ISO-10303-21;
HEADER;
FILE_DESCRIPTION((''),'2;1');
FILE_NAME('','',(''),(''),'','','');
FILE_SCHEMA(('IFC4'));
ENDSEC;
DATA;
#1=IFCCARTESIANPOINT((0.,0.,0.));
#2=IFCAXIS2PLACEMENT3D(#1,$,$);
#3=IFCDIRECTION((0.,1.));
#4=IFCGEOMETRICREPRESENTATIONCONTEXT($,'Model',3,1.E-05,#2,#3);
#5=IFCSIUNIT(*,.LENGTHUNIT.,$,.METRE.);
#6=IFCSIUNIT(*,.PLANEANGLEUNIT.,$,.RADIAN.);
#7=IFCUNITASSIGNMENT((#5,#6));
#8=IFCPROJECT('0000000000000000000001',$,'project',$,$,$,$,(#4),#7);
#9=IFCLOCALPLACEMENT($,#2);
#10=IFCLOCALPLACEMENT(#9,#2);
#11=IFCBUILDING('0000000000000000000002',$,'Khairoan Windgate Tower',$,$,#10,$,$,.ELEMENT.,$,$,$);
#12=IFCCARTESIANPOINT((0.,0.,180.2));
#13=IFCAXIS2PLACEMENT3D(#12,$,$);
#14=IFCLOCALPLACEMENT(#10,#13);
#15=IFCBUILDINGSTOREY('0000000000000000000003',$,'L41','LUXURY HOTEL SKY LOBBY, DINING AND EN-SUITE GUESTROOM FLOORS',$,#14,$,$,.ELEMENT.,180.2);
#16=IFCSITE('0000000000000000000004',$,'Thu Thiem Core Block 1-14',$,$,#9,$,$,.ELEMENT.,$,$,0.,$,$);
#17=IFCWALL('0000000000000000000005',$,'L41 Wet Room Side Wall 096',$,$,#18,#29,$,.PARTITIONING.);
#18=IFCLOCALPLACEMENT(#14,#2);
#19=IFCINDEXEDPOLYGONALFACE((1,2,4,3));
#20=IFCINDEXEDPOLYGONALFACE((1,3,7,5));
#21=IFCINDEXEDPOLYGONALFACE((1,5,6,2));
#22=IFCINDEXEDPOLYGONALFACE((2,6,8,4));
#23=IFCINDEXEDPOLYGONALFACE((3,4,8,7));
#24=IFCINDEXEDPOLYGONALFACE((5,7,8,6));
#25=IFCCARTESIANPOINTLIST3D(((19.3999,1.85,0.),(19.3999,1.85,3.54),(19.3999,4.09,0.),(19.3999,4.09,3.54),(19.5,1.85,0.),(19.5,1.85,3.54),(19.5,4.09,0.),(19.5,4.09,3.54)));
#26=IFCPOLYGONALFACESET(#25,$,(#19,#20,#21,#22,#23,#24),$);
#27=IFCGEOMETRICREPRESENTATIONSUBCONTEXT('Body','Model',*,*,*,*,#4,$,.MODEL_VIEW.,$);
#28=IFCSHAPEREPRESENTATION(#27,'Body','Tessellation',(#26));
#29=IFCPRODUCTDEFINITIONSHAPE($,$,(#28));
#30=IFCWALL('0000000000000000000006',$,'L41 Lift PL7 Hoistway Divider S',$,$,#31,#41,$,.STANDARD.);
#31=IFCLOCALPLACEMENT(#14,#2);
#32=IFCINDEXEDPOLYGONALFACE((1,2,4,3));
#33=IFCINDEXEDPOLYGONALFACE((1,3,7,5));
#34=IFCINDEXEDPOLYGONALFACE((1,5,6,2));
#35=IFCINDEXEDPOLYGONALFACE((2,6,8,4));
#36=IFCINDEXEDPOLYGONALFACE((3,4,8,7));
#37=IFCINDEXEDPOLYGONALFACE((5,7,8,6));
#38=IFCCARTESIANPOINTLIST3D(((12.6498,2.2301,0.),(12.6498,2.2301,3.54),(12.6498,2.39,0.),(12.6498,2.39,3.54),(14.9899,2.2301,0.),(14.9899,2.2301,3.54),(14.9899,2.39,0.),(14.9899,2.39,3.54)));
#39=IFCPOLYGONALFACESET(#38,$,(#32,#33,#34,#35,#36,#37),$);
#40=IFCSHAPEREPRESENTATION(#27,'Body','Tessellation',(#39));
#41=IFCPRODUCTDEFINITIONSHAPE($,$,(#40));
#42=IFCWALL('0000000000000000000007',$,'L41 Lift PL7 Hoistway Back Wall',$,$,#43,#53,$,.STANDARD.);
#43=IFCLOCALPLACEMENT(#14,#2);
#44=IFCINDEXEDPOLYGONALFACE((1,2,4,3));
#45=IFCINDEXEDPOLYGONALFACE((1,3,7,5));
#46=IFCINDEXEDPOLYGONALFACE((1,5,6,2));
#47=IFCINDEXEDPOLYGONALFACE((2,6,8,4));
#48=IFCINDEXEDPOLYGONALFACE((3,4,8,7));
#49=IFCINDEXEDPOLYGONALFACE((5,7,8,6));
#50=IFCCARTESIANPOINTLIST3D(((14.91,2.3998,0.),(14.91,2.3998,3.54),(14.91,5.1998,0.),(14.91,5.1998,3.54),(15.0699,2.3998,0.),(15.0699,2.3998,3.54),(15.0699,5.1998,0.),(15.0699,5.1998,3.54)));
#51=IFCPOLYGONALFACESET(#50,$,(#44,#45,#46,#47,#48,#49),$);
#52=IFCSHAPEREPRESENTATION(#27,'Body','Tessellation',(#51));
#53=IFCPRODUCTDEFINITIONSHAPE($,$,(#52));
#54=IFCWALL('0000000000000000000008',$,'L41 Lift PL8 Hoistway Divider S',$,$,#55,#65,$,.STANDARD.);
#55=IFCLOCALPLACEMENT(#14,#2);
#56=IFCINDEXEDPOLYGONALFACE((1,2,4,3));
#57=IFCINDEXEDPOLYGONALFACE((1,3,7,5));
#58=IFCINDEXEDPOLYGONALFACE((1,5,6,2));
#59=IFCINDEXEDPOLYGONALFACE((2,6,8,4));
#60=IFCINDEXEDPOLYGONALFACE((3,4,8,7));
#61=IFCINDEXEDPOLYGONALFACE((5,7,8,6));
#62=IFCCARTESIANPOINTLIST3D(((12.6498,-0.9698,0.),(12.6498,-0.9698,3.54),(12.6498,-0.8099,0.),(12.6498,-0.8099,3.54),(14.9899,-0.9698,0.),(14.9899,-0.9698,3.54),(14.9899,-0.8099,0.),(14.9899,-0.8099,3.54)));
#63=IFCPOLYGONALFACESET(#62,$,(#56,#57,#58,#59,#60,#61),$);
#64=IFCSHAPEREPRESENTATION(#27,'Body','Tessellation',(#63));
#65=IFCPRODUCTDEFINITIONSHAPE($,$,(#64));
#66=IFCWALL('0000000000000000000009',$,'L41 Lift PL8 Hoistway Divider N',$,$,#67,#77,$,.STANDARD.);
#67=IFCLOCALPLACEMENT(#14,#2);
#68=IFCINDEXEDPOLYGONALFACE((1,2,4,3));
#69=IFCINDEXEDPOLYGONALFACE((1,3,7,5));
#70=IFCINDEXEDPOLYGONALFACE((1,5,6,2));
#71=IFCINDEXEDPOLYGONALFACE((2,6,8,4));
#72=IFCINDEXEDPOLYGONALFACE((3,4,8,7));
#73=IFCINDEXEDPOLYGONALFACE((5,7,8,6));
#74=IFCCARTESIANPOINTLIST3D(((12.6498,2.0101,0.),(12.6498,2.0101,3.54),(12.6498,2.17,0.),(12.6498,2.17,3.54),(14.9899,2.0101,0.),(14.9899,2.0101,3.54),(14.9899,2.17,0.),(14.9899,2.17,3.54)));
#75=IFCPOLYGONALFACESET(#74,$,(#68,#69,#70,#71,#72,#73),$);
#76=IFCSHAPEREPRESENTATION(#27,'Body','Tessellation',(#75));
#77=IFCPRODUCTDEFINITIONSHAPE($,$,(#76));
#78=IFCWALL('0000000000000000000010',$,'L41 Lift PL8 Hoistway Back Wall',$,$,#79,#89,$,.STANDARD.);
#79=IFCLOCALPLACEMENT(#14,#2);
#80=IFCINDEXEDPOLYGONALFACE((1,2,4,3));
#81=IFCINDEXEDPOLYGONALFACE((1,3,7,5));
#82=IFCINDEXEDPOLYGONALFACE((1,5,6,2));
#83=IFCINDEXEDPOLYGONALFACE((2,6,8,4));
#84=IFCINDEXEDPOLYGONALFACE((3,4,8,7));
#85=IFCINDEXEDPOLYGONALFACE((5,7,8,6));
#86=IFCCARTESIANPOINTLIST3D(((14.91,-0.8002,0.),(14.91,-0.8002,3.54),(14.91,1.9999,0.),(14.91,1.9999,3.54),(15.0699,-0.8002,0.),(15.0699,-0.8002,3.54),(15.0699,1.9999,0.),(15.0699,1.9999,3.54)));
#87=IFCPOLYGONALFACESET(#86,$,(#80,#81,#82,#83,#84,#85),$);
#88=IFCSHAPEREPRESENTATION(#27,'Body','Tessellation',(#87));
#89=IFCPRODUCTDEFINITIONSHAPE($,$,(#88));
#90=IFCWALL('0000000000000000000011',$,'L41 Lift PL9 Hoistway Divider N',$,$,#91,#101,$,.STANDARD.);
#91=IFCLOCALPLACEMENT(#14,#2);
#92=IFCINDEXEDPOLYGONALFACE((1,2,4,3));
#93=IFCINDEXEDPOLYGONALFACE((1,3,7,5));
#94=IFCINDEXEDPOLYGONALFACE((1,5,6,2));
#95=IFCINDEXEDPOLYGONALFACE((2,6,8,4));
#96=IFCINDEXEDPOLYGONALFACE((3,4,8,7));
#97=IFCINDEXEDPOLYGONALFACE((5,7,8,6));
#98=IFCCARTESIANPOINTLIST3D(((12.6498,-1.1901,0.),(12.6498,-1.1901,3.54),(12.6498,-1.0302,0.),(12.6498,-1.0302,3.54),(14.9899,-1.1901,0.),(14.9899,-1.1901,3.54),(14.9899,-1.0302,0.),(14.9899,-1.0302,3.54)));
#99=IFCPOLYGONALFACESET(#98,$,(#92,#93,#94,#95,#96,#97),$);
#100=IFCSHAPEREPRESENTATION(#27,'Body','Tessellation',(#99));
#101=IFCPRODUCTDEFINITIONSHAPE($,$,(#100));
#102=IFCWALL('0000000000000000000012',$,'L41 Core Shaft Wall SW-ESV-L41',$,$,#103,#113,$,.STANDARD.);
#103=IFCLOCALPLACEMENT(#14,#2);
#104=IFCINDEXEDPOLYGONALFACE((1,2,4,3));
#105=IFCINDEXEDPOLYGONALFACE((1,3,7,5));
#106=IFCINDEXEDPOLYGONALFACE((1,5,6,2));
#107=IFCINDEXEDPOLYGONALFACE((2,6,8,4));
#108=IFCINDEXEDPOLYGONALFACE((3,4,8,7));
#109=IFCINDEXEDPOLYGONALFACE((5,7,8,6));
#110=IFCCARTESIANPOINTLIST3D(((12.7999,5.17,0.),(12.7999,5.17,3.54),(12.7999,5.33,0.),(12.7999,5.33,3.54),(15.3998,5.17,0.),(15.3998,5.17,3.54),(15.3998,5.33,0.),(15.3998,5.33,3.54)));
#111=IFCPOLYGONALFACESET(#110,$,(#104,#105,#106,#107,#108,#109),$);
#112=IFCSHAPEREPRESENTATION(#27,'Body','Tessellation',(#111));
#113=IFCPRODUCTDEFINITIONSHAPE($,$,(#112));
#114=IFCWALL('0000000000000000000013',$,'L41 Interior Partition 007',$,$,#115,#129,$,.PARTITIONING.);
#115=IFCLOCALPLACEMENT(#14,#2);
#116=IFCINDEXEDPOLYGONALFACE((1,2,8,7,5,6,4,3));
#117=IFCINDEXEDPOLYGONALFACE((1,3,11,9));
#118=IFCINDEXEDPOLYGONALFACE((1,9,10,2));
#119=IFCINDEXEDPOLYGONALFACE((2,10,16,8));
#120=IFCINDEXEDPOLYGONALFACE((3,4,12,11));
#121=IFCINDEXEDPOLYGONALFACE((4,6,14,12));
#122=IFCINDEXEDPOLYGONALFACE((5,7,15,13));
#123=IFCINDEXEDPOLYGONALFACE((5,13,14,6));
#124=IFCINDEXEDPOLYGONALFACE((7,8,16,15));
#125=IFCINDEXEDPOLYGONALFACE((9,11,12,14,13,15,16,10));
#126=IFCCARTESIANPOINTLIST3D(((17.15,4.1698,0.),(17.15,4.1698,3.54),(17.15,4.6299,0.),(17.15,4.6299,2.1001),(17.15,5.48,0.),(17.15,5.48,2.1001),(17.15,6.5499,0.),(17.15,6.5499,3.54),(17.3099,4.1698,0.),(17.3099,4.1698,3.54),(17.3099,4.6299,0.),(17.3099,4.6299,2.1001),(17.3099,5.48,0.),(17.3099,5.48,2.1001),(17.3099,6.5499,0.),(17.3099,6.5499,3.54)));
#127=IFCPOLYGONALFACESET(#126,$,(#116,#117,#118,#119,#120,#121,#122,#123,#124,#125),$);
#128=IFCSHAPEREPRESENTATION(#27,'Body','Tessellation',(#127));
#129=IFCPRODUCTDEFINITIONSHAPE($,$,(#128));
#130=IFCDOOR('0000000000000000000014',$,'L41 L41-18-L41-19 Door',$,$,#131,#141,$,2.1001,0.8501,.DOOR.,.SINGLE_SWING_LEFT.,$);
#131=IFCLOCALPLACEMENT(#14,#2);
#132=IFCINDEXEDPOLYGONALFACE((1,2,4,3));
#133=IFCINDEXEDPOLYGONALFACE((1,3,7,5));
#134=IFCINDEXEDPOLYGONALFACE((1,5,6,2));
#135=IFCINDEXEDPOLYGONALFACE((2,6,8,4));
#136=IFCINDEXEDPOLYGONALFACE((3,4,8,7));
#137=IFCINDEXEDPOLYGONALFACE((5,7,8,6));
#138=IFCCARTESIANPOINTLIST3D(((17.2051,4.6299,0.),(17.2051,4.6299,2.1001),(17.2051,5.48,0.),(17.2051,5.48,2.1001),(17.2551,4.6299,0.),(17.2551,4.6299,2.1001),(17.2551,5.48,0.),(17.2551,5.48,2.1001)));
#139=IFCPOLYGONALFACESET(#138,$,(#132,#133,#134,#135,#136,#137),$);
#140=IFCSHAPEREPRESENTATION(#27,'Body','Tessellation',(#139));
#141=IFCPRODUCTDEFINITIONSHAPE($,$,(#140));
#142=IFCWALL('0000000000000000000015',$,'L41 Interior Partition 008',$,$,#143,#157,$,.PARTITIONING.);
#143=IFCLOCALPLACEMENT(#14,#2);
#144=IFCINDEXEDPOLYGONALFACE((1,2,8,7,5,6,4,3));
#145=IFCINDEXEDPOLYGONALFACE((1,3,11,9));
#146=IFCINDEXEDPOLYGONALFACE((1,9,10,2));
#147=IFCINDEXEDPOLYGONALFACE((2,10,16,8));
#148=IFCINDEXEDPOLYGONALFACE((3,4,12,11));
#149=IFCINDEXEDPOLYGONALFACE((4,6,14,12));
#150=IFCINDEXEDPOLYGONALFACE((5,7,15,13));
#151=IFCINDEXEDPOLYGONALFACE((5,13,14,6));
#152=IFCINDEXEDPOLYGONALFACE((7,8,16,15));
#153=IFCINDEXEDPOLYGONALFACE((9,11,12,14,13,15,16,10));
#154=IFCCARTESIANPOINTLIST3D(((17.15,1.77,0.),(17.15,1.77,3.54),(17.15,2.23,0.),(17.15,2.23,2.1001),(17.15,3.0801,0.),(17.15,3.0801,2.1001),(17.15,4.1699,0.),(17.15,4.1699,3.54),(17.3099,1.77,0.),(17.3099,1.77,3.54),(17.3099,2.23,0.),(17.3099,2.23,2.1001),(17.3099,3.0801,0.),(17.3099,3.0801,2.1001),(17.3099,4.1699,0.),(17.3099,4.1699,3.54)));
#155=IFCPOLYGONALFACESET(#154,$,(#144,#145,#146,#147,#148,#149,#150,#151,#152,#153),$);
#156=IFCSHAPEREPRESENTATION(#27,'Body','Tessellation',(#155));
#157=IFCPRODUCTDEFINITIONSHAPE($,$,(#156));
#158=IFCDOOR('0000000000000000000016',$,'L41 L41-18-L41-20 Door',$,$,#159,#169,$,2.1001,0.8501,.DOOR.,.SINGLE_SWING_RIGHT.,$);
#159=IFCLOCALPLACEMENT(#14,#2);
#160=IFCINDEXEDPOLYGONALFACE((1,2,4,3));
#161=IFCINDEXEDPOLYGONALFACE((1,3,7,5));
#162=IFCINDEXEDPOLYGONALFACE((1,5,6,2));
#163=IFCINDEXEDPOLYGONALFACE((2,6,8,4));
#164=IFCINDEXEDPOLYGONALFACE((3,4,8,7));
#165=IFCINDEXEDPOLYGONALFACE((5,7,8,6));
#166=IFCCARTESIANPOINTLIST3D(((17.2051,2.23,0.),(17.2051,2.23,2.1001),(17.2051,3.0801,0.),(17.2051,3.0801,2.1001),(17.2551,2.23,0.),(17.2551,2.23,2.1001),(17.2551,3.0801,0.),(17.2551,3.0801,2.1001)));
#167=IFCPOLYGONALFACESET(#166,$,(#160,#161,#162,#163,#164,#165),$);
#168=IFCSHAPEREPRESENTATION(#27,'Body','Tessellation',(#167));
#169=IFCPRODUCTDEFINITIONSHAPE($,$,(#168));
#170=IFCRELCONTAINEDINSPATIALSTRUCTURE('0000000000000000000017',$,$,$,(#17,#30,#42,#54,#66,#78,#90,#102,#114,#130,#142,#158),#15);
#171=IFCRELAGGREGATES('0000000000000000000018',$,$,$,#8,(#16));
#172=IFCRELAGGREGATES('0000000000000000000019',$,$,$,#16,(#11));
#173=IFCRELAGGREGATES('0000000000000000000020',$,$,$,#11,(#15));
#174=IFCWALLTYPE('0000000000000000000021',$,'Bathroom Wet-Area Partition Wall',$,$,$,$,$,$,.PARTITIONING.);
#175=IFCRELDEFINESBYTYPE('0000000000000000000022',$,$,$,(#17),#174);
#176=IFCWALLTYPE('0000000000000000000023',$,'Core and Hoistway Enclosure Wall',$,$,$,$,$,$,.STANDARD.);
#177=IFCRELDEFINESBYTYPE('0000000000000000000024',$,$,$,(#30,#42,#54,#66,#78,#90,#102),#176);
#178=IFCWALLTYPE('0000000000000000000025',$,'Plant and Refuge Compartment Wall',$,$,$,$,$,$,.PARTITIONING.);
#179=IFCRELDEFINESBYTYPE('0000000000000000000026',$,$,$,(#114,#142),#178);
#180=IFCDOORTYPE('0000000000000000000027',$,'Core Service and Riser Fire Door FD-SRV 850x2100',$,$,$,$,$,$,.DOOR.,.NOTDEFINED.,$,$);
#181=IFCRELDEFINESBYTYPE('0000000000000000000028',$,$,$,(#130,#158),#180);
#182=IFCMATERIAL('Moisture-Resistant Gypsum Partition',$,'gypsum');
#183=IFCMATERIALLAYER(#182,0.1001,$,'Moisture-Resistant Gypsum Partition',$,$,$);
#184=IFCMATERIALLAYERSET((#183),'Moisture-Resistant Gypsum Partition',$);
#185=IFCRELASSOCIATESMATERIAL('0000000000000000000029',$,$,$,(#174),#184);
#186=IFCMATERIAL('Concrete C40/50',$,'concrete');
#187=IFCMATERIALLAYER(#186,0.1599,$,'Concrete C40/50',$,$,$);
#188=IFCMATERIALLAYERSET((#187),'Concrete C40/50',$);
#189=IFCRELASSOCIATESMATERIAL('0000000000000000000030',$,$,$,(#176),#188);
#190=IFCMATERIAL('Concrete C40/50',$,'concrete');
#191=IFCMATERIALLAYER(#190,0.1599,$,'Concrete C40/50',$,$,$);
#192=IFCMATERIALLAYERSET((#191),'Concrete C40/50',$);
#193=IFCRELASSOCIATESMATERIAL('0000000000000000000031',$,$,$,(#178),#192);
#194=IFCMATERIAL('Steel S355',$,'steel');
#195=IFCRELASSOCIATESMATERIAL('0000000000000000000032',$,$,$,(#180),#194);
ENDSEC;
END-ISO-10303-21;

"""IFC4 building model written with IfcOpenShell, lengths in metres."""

from ifc_helpers import new_model, si_unit, direction, frame, frame_2d, origin, place, context, subcontext, project, spatial, rectangle, extrude, material, layer, layer_set, type_object, element, fill, save


model = new_model("IFC4")

# Units and contexts
model_context = context("Model", 3, precision=1e-05, world=origin(), true_north=direction((0.0, 1.0)))
body_context = subcontext(model_context, "Body", "Model", "MODEL_VIEW")
ifc_project = project(units=[si_unit("LENGTHUNIT", "METRE"), si_unit("PLANEANGLEUNIT", "RADIAN")], contexts=[model_context])

# Site, building, storey
site_placement = place(None, origin())
site = spatial("IfcSite", under=ifc_project, at=site_placement, Name="Thu Thiem Core Block 1-14", CompositionType="ELEMENT", RefElevation=0.0)
building_placement = place(site_placement, origin())
building = spatial("IfcBuilding", under=site, at=building_placement, Name="Khairoan Windgate Tower", CompositionType="ELEMENT")
storey_placement = place(building_placement, frame((0.0, 0.0, 180.2)))
storey = spatial("IfcBuildingStorey", under=building, at=storey_placement, Name="L41", Description="LUXURY HOTEL SKY LOBBY, DINING AND EN-SUITE GUESTROOM FLOORS", CompositionType="ELEMENT", Elevation=180.2)

# Walls
ifc_material_1 = material(Name="Moisture-Resistant Gypsum Partition", Category="gypsum")
ifc_layer_1 = layer(ifc_material_1, 0.1001, Name="Moisture-Resistant Gypsum Partition")
ifc_layer_set_1 = layer_set([ifc_layer_1], Name="Moisture-Resistant Gypsum Partition")
wall_type_1 = type_object("IfcWallType", Name="Bathroom Wet-Area Partition Wall", PredefinedType="PARTITIONING", material=ifc_layer_set_1)
wall_1_placement = place(storey_placement, frame((19.45, 4.0901, 0.0), z_axis=(0.0, 0.0, 1.0), x_axis=(0.0, -1.0, 0.0)))
element("IfcWall", 1, at=wall_1_placement, inside=storey, type_object=wall_type_1, Name="L41 Wet Room Side Wall 096", PredefinedType="PARTITIONING", context=body_context, shape_type="SweptSolid", body=[
    extrude(rectangle(XDim=2.24, YDim=0.1001, at=frame_2d((1.1201, 0.0))), origin(), (0.0, 0.0, 1.0), 3.54),
])
ifc_material_2 = material(Name="Concrete C40/50", Category="concrete")
ifc_layer_2 = layer(ifc_material_2, 0.1599, Name="Concrete C40/50")
ifc_layer_set_2 = layer_set([ifc_layer_2], Name="Concrete C40/50")
wall_type_2 = type_object("IfcWallType", Name="Core and Hoistway Enclosure Wall", PredefinedType="STANDARD", material=ifc_layer_set_2)
wall_2_placement = place(storey_placement, frame((12.6499, 2.3101, 0.0), z_axis=(0.0, 0.0, 1.0), x_axis=(1.0, 0.0, 0.0)))
element("IfcWall", 2, at=wall_2_placement, inside=storey, type_object=wall_type_2, Name="L41 Lift PL7 Hoistway Divider S", PredefinedType="STANDARD", context=body_context, shape_type="SweptSolid", body=[
    extrude(rectangle(XDim=2.3401, YDim=0.1599, at=frame_2d((1.1699, 0.0))), origin(), (0.0, 0.0, 1.0), 3.54),
])
wall_3_placement = place(storey_placement, frame((14.99, 2.3999, 0.0), z_axis=(0.0, 0.0, 1.0), x_axis=(0.0, 1.0, 0.0)))
element("IfcWall", 3, at=wall_3_placement, inside=storey, type_object=wall_type_2, Name="L41 Lift PL7 Hoistway Back Wall", PredefinedType="STANDARD", context=body_context, shape_type="SweptSolid", body=[
    extrude(rectangle(XDim=2.8, YDim=0.1599, at=frame_2d((1.3999, 0.0))), origin(), (0.0, 0.0, 1.0), 3.54),
])
for number, where, z_axis, x_axis, name in (
    (4, (12.6499, -0.8899, 0.0), (0.0, 0.0, 1.0), (1.0, 0.0, 0.0), "L41 Lift PL8 Hoistway Divider S"),
    (5, (12.6499, 2.0901, 0.0), (0.0, 0.0, 1.0), (1.0, 0.0, 0.0), "L41 Lift PL8 Hoistway Divider N"),
):
    element("IfcWall", number, at=place(storey_placement, frame(where, z_axis=z_axis, x_axis=x_axis)), inside=storey, type_object=wall_type_2, Name=name, PredefinedType="STANDARD", context=body_context, shape_type="SweptSolid", body=[
        extrude(rectangle(XDim=2.3401, YDim=0.1599, at=frame_2d((1.1699, 0.0))), origin(), (0.0, 0.0, 1.0), 3.54),
    ])
wall_4_placement = place(storey_placement, frame((14.99, -0.8, 0.0), z_axis=(0.0, 0.0, 1.0), x_axis=(0.0, 1.0, 0.0)))
element("IfcWall", 6, at=wall_4_placement, inside=storey, type_object=wall_type_2, Name="L41 Lift PL8 Hoistway Back Wall", PredefinedType="STANDARD", context=body_context, shape_type="SweptSolid", body=[
    extrude(rectangle(XDim=2.8, YDim=0.1599, at=frame_2d((1.3999, 0.0))), origin(), (0.0, 0.0, 1.0), 3.54),
])
wall_5_placement = place(storey_placement, frame((12.6499, -1.1101, 0.0), z_axis=(0.0, 0.0, 1.0), x_axis=(1.0, 0.0, 0.0)))
element("IfcWall", 7, at=wall_5_placement, inside=storey, type_object=wall_type_2, Name="L41 Lift PL9 Hoistway Divider N", PredefinedType="STANDARD", context=body_context, shape_type="SweptSolid", body=[
    extrude(rectangle(XDim=2.3401, YDim=0.1599, at=frame_2d((1.1699, 0.0))), origin(), (0.0, 0.0, 1.0), 3.54),
])
wall_6_placement = place(storey_placement, frame((12.8, 5.25, 0.0), z_axis=(0.0, 0.0, 1.0), x_axis=(1.0, 0.0, 0.0)))
element("IfcWall", 8, at=wall_6_placement, inside=storey, type_object=wall_type_2, Name="L41 Core Shaft Wall SW-ESV-L41", PredefinedType="STANDARD", context=body_context, shape_type="SweptSolid", body=[
    extrude(rectangle(XDim=2.5999, YDim=0.1599, at=frame_2d((1.2998, 0.0))), origin(), (0.0, 0.0, 1.0), 3.54),
])

# Walls, openings, doors
ifc_material_3 = material(Name="Concrete C40/50", Category="concrete")
ifc_layer_3 = layer(ifc_material_3, 0.1599, Name="Concrete C40/50")
ifc_layer_set_3 = layer_set([ifc_layer_3], Name="Concrete C40/50")
wall_type_3 = type_object("IfcWallType", Name="Plant and Refuge Compartment Wall", PredefinedType="PARTITIONING", material=ifc_layer_set_3)
wall_7_placement = place(storey_placement, frame((17.23, 4.1699, 0.0), z_axis=(0.0, 0.0, 1.0), x_axis=(0.0, 1.0, 0.0)))
wall_7 = element("IfcWall", 9, at=wall_7_placement, inside=storey, type_object=wall_type_3, Name="L41 Interior Partition 007", PredefinedType="PARTITIONING", context=body_context, shape_type="SweptSolid", body=[
    extrude(rectangle(XDim=2.3801, YDim=0.1599, at=frame_2d((1.1899, 0.0))), origin(), (0.0, 0.0, 1.0), 3.54),
])
opening_1_placement = place(wall_7_placement, frame((0.46, 0.0, 0.0)))
opening_1 = element("IfcOpeningElement", 10, at=opening_1_placement, cuts=wall_7, PredefinedType="OPENING", context=body_context, shape_type="SweptSolid", body=[
    extrude(rectangle(XDim=0.8501, YDim=2.1001, at=frame_2d((0.425, 1.05))), frame((0.0, 0.0898, 0.0), z_axis=(0.0, -1.0, 0.0), x_axis=(1.0, 0.0, 0.0)), (0.0, 0.0, 1.0), 0.1799),
])
ifc_material_4 = material(Name="Steel S355", Category="steel")
door_type = type_object("IfcDoorType", Name="Core Service and Riser Fire Door FD-SRV 850x2100", OperationType="NOTDEFINED", PredefinedType="DOOR", material=ifc_material_4)
door_1_placement = place(opening_1_placement, origin())
door_1 = element("IfcDoor", 11, at=door_1_placement, inside=storey, type_object=door_type, Name="L41 L41-18-L41-19 Door", OperationType="SINGLE_SWING_LEFT", OverallHeight=2.1001, OverallWidth=0.8501, PredefinedType="DOOR", context=body_context, shape_type="SweptSolid", body=[
    extrude(rectangle(XDim=0.8501, YDim=2.1001, at=frame_2d((0.425, 1.05))), frame((0.0, 0.0249, 0.0), z_axis=(0.0, -1.0, 0.0), x_axis=(1.0, 0.0, 0.0)), (0.0, 0.0, 1.0), 0.05),
])
fill(opening_1, door_1)
wall_8_placement = place(storey_placement, frame((17.23, 1.77, 0.0), z_axis=(0.0, 0.0, 1.0), x_axis=(0.0, 1.0, 0.0)))
wall_8 = element("IfcWall", 12, at=wall_8_placement, inside=storey, type_object=wall_type_3, Name="L41 Interior Partition 008", PredefinedType="PARTITIONING", context=body_context, shape_type="SweptSolid", body=[
    extrude(rectangle(XDim=2.3999, YDim=0.1599, at=frame_2d((1.2, 0.0))), origin(), (0.0, 0.0, 1.0), 3.54),
])
opening_2_placement = place(wall_8_placement, frame((0.46, 0.0, 0.0)))
opening_2 = element("IfcOpeningElement", 13, at=opening_2_placement, cuts=wall_8, PredefinedType="OPENING", context=body_context, shape_type="SweptSolid", body=[
    extrude(rectangle(XDim=0.8501, YDim=2.1001, at=frame_2d((0.425, 1.05))), frame((0.0, 0.0898, 0.0), z_axis=(0.0, -1.0, 0.0), x_axis=(1.0, 0.0, 0.0)), (0.0, 0.0, 1.0), 0.1799),
])
door_2_placement = place(opening_2_placement, origin())
door_2 = element("IfcDoor", 14, at=door_2_placement, inside=storey, type_object=door_type, Name="L41 L41-18-L41-20 Door", OperationType="SINGLE_SWING_RIGHT", OverallHeight=2.1001, OverallWidth=0.8501, PredefinedType="DOOR", context=body_context, shape_type="SweptSolid", body=[
    extrude(rectangle(XDim=0.8501, YDim=2.1001, at=frame_2d((0.425, 1.05))), frame((0.0, 0.0249, 0.0), z_axis=(0.0, -1.0, 0.0), x_axis=(1.0, 0.0, 0.0)), (0.0, 0.0, 1.0), 0.05),
])
fill(opening_2, door_2)

save(model, "model.ifc")
